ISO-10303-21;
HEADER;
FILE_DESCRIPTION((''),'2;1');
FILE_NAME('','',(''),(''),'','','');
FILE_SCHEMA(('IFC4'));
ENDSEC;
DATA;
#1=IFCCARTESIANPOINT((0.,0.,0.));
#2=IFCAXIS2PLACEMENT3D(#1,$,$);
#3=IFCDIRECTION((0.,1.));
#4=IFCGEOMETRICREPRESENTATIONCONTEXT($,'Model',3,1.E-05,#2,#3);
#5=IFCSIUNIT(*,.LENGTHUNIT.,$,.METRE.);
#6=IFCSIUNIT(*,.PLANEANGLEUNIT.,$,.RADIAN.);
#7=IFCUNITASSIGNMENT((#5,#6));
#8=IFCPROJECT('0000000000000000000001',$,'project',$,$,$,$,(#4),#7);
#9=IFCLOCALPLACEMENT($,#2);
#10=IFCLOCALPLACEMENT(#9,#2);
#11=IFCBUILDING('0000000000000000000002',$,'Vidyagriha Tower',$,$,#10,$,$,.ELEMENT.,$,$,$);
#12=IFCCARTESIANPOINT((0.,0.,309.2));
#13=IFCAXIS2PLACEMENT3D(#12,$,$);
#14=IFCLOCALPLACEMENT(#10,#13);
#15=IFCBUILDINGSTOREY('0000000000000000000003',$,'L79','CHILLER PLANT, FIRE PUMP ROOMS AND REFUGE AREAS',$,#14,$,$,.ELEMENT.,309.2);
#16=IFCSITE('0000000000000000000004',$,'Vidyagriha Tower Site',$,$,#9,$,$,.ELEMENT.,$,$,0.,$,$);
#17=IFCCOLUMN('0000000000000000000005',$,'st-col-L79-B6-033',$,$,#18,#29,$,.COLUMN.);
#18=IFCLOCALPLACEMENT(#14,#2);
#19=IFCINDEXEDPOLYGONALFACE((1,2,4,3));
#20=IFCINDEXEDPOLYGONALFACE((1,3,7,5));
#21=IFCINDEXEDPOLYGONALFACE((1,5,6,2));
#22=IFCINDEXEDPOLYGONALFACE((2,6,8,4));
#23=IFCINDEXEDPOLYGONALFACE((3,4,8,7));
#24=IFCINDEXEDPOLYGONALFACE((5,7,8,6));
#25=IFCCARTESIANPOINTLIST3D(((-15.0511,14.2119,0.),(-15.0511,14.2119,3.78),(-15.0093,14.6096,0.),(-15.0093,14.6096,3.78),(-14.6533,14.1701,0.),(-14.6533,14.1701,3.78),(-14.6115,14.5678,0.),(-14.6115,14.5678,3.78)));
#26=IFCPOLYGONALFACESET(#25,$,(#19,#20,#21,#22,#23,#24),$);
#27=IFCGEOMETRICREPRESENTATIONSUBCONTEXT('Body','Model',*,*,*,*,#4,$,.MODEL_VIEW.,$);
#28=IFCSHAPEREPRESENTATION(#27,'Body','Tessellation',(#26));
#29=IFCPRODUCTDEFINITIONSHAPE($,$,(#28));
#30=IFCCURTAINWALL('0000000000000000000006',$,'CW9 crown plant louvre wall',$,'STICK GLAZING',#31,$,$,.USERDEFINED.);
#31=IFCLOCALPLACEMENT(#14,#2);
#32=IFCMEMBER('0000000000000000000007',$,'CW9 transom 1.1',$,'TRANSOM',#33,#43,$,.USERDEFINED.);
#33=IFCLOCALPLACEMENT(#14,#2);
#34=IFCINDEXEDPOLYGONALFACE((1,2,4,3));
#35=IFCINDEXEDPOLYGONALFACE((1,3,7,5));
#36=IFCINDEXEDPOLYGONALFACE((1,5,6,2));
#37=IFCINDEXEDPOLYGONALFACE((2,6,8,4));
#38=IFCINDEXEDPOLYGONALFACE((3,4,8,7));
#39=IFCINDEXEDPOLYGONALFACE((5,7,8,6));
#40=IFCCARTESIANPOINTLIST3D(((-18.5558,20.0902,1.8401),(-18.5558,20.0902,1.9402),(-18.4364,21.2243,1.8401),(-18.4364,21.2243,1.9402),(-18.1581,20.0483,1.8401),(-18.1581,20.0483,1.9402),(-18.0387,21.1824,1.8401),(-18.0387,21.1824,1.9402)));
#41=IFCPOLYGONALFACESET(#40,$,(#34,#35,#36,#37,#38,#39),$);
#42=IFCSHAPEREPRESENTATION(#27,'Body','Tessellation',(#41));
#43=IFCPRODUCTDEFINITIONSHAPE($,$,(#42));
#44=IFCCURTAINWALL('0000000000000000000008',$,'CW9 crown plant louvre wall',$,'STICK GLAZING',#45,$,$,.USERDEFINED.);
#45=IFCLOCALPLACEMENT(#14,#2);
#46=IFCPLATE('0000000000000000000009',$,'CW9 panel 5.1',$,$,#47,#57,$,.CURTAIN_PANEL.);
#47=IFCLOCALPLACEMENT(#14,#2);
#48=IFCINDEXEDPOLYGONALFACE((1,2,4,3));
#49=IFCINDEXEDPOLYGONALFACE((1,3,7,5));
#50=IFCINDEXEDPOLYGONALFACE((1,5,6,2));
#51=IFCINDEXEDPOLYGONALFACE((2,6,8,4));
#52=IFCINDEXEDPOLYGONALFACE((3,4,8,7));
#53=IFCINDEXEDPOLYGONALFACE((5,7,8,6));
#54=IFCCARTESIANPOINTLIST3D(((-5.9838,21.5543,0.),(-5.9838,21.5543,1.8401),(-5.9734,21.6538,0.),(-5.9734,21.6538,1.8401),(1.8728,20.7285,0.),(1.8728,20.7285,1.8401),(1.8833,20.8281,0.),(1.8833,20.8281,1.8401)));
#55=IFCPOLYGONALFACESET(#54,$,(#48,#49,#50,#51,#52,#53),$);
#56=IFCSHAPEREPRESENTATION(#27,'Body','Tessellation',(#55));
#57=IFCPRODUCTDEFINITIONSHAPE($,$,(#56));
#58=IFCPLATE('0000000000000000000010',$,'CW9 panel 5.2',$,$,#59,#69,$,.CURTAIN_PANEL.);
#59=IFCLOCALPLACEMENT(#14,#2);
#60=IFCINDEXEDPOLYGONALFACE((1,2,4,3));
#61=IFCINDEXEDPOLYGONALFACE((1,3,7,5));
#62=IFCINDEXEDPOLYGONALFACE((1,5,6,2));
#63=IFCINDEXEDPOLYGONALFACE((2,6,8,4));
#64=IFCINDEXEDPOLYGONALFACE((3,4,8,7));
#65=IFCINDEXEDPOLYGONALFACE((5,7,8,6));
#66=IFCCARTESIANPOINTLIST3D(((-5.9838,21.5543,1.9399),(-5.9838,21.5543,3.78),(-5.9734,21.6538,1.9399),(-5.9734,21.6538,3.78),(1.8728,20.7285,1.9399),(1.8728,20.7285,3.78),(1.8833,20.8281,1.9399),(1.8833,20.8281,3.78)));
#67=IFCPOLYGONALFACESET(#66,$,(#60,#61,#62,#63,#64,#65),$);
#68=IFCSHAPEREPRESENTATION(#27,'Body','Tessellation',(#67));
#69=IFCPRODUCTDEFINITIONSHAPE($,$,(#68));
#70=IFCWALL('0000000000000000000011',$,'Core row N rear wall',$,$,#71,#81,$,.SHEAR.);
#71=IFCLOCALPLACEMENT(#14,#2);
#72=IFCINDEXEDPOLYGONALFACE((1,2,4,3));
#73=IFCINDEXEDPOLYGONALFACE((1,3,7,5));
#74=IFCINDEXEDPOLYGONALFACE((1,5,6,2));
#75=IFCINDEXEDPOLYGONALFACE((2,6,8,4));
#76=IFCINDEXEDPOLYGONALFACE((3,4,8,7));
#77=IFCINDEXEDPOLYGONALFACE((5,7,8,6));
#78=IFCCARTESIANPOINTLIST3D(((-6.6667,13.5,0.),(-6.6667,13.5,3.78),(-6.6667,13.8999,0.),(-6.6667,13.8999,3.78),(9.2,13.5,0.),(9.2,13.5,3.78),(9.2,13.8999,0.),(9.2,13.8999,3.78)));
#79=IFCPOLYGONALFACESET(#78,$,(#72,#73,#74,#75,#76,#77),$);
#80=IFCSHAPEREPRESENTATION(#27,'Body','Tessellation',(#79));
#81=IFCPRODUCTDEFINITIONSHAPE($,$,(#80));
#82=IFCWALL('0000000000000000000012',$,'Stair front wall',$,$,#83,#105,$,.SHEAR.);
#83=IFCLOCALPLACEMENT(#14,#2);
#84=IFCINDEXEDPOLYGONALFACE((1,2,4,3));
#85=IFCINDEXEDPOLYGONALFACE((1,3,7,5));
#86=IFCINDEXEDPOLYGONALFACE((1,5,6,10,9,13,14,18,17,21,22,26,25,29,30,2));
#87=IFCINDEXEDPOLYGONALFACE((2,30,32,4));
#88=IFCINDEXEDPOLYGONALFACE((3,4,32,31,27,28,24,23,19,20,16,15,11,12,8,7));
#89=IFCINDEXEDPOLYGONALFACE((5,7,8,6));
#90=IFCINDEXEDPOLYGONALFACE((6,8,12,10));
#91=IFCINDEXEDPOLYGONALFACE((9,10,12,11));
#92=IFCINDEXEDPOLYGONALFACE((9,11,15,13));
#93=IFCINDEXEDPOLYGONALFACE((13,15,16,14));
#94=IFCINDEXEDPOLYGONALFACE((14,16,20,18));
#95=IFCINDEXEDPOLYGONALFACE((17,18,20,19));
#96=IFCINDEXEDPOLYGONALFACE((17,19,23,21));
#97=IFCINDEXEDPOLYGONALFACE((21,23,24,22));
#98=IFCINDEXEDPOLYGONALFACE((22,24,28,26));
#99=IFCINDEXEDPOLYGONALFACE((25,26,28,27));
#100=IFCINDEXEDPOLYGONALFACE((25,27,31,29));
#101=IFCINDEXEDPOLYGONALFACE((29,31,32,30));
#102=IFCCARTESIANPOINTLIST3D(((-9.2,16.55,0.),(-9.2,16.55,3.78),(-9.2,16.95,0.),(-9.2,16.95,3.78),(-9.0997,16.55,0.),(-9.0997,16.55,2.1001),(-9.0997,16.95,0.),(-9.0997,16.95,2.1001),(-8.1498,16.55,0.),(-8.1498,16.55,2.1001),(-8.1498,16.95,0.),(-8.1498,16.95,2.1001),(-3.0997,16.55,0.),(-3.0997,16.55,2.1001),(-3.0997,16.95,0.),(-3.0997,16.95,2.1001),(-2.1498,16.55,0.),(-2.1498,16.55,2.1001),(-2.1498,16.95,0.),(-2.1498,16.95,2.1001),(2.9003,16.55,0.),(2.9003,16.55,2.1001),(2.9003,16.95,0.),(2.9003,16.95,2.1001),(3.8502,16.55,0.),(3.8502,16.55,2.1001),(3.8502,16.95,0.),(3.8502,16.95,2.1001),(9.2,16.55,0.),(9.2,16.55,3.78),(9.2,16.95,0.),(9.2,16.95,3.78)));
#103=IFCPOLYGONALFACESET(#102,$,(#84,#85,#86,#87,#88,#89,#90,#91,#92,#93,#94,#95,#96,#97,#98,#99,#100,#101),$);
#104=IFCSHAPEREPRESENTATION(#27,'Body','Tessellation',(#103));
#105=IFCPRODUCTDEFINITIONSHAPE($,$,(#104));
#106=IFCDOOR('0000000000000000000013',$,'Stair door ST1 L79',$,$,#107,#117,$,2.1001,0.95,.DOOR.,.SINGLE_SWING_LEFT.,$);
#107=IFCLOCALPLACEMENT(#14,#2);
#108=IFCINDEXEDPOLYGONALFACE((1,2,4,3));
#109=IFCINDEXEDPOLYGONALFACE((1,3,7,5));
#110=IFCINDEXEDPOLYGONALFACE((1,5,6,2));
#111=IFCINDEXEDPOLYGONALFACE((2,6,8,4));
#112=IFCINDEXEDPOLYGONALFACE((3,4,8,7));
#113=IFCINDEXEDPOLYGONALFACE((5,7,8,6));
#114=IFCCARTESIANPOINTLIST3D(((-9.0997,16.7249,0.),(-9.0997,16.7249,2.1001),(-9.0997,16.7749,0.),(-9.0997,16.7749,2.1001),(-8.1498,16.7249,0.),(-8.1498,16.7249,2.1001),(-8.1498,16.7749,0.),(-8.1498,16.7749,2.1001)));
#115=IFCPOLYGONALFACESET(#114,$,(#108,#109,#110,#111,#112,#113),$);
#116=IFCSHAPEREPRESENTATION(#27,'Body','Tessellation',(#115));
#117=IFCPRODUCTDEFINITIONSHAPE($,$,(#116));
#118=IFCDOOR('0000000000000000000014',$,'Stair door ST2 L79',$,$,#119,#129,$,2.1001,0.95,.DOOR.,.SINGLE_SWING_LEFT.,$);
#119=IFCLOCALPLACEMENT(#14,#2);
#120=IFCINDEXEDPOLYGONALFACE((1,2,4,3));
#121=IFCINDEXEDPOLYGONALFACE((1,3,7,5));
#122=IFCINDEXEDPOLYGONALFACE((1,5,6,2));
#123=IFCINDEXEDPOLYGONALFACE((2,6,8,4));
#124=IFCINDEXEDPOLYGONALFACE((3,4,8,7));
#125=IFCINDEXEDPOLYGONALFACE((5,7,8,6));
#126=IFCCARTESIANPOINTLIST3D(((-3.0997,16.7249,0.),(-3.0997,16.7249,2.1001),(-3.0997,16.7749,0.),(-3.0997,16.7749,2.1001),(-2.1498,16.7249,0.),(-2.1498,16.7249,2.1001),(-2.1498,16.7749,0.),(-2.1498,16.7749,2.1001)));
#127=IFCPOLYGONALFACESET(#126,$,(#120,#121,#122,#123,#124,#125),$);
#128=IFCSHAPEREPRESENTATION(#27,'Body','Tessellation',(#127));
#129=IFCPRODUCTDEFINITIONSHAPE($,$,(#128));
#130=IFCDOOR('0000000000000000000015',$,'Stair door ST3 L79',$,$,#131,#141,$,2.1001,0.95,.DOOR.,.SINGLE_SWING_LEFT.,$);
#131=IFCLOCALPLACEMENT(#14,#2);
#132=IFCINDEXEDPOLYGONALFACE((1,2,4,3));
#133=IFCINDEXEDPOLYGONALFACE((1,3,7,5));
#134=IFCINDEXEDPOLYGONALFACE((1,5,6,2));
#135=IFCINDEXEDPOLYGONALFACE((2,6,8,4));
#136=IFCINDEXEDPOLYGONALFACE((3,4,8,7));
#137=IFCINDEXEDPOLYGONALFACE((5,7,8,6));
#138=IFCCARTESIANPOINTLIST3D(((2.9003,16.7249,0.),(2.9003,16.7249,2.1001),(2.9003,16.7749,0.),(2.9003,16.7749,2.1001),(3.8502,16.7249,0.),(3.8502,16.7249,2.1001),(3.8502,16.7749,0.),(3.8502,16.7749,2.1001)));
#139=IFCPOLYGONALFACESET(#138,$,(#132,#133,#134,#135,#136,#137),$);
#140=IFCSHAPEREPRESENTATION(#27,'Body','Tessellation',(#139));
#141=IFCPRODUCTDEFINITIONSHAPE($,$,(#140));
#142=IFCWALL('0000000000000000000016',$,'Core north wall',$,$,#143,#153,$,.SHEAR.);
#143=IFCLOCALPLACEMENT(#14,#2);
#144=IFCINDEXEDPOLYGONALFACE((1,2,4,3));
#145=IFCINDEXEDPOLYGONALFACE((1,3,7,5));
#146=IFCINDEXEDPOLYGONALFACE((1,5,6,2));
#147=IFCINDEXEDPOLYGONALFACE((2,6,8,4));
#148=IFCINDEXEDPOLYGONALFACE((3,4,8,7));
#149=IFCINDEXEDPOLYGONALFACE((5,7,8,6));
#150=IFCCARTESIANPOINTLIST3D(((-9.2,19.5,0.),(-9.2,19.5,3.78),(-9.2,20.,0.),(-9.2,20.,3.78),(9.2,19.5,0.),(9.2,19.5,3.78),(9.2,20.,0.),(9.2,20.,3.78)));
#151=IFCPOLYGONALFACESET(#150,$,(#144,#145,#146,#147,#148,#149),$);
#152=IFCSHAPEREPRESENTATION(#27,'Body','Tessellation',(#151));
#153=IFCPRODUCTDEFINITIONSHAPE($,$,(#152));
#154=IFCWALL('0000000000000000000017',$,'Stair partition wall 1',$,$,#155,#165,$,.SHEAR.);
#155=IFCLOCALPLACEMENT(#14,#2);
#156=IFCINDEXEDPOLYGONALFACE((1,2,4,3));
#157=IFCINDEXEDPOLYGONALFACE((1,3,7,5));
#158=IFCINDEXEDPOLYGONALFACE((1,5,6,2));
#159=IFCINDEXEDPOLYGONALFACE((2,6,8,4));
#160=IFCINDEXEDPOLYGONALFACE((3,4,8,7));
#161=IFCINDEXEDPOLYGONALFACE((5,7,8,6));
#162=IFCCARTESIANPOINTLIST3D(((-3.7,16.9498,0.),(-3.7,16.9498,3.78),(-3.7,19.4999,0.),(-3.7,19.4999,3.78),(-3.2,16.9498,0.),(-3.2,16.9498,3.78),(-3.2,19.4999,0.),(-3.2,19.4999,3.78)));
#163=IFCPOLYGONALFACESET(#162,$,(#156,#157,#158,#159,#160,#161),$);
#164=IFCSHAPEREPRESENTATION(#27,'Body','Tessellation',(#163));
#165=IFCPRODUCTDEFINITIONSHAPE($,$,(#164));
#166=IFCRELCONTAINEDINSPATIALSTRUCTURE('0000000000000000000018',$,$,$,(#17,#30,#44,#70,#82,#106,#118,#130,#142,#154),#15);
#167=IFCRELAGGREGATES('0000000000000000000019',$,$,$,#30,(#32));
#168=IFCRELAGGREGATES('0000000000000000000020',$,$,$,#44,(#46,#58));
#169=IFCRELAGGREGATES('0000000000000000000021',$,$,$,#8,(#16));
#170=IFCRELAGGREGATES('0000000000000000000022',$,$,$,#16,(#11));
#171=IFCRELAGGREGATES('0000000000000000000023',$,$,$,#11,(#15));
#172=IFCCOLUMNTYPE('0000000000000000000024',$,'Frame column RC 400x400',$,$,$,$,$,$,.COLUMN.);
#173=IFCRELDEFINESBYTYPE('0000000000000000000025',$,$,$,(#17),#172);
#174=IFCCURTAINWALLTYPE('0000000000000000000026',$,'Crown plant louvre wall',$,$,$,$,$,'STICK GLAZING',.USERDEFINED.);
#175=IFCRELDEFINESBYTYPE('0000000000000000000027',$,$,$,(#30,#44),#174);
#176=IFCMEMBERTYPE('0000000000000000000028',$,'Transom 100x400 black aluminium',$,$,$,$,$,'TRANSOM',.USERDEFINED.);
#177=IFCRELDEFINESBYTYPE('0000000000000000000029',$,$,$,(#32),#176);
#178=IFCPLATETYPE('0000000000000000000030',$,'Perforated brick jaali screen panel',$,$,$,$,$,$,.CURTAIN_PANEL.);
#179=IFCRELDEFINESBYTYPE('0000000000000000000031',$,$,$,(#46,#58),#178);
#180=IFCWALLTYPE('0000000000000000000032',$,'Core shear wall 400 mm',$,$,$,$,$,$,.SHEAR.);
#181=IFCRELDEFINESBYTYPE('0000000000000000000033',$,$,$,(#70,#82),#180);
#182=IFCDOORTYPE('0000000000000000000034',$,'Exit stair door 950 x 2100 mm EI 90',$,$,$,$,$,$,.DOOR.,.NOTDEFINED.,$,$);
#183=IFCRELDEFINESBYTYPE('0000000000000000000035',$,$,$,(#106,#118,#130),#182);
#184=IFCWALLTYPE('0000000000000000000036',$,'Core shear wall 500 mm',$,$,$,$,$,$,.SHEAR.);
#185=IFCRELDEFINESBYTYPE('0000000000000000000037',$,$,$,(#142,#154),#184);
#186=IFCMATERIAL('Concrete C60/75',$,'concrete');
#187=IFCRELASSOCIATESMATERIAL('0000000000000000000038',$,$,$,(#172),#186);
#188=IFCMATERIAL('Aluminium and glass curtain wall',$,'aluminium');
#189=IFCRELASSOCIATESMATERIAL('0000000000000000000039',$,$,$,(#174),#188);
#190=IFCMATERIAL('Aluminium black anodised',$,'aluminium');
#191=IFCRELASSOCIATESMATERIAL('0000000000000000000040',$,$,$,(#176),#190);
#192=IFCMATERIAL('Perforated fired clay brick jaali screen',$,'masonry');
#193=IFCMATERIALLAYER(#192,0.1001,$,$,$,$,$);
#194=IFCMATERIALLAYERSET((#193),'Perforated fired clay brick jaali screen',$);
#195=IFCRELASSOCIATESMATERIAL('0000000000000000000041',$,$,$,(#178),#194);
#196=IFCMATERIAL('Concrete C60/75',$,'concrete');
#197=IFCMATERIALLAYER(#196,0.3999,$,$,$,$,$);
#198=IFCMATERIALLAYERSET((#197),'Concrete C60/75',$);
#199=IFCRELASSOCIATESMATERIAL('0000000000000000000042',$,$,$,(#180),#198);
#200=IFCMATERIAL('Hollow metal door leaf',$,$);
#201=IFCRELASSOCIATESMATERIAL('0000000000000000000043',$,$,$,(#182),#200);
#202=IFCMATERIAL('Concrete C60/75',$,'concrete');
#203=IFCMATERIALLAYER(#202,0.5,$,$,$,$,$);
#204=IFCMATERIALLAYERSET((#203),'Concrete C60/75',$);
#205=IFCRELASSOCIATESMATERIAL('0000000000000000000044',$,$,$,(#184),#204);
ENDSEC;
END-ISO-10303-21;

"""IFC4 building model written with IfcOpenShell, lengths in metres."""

from ifc_helpers import new_model, si_unit, direction, frame, frame_2d, origin, origin_2d, place, context, subcontext, project, spatial, rectangle, extrude, material, layer, layer_set, material_profile, profile_set, type_object, element, fill, aggregate, save


model = new_model("IFC4")

# Units and contexts
model_context = context("Model", 3, precision=1e-05, world=origin(), true_north=direction((0.0, 1.0)))
body_context = subcontext(model_context, "Body", "Model", "MODEL_VIEW")
ifc_project = project(units=[si_unit("LENGTHUNIT", "METRE"), si_unit("PLANEANGLEUNIT", "RADIAN")], contexts=[model_context])

# Site, building, storey
site_placement = place(None, origin())
site = spatial("IfcSite", under=ifc_project, at=site_placement, Name="Vidyagriha Tower Site", CompositionType="ELEMENT", RefElevation=0.0)
building_placement = place(site_placement, origin())
building = spatial("IfcBuilding", under=site, at=building_placement, Name="Vidyagriha Tower", CompositionType="ELEMENT")
storey_placement = place(building_placement, frame((0.0, 0.0, 309.2)))
storey = spatial("IfcBuildingStorey", under=building, at=storey_placement, Name="L79", Description="CHILLER PLANT, FIRE PUMP ROOMS AND REFUGE AREAS", CompositionType="ELEMENT", Elevation=309.2)

# Column
ifc_material_1 = material(Name="Concrete C60/75", Category="concrete")
ifc_material_profile_1 = material_profile(ifc_material_1, rectangle(XDim=0.3999, YDim=0.3999, at=origin_2d()), Name="RC 400x400")
ifc_profile_set_1 = profile_set([ifc_material_profile_1], Name="Concrete C60/75")
column_type = type_object("IfcColumnType", Name="Frame column RC 400x400", PredefinedType="COLUMN", material=ifc_profile_set_1)
column_placement = place(storey_placement, frame((-14.8313, 14.3899, 0.0), z_axis=(0.0, 0.0, 1.0), x_axis=(0.994522, -0.104528, 0.0)))
element("IfcColumn", 1, at=column_placement, inside=storey, type_object=column_type, Name="st-col-L79-B6-033", PredefinedType="COLUMN", context=body_context, shape_type="SweptSolid", body=[
    extrude(rectangle(XDim=0.3999, YDim=0.3999, at=origin_2d()), origin(), (0.0, 0.0, 1.0), 3.78),
])

# Curtain wall, member
ifc_material_2 = material(Name="Aluminium and glass curtain wall", Category="aluminium")
curtain_wall_type = type_object("IfcCurtainWallType", Name="Crown plant louvre wall", ElementType="STICK GLAZING", PredefinedType="USERDEFINED", material=ifc_material_2)
curtain_wall_1_placement = place(storey_placement, origin())
curtain_wall_1 = element("IfcCurtainWall", 2, at=curtain_wall_1_placement, inside=storey, type_object=curtain_wall_type, Name="CW9 crown plant louvre wall", ObjectType="STICK GLAZING", PredefinedType="USERDEFINED")
ifc_material_3 = material(Name="Aluminium black anodised", Category="aluminium")
ifc_material_profile_2 = material_profile(ifc_material_3, rectangle(XDim=0.3999, YDim=0.1001, at=origin_2d()), Name="Transom 100x400 black aluminium")
ifc_profile_set_2 = profile_set([ifc_material_profile_2], Name="Aluminium black anodised")
member_type = type_object("IfcMemberType", Name="Transom 100x400 black aluminium", ElementType="TRANSOM", PredefinedType="USERDEFINED", material=ifc_profile_set_2)
member_placement = place(storey_placement, frame((-18.2375, 21.2034, 1.8901), z_axis=(-0.104696, -0.994504, 0.0), x_axis=(0.994504, -0.104696, 0.0)))
member = element("IfcMember", 3, at=member_placement, type_object=member_type, Name="CW9 transom 1.1", ObjectType="TRANSOM", PredefinedType="USERDEFINED", context=body_context, shape_type="SweptSolid", body=[
    extrude(rectangle(XDim=0.3999, YDim=0.1001, at=origin_2d()), origin(), (0.0, 0.0, 1.0), 1.1404),
])
aggregate(curtain_wall_1, [member])

# Curtain wall, plates
curtain_wall_2_placement = place(storey_placement, origin())
curtain_wall_2 = element("IfcCurtainWall", 4, at=curtain_wall_2_placement, inside=storey, type_object=curtain_wall_type, Name="CW9 crown plant louvre wall", ObjectType="STICK GLAZING", PredefinedType="USERDEFINED")
ifc_material_4 = material(Name="Perforated fired clay brick jaali screen", Category="masonry")
ifc_layer_1 = layer(ifc_material_4, 0.1001)
ifc_layer_set_1 = layer_set([ifc_layer_1], Name="Perforated fired clay brick jaali screen")
plate_type = type_object("IfcPlateType", Name="Perforated brick jaali screen panel", PredefinedType="CURTAIN_PANEL", material=ifc_layer_set_1)
plate_1_placement = place(storey_placement, frame((-2.0503, 21.1912, 0.0), z_axis=(0.0, 0.0, 1.0), x_axis=(-0.994522, 0.104528, 0.0)))
plate_1 = element("IfcPlate", 5, at=plate_1_placement, type_object=plate_type, Name="CW9 panel 5.1", PredefinedType="CURTAIN_PANEL", context=body_context, shape_type="SweptSolid", body=[
    extrude(rectangle(XDim=7.8999, YDim=0.1001, at=origin_2d()), origin(), (0.0, 0.0, 1.0), 1.8401),
])
plate_2_placement = place(storey_placement, frame((-2.0503, 21.1912, 1.9399), z_axis=(0.0, 0.0, 1.0), x_axis=(-0.994522, 0.104528, 0.0)))
plate_2 = element("IfcPlate", 6, at=plate_2_placement, type_object=plate_type, Name="CW9 panel 5.2", PredefinedType="CURTAIN_PANEL", context=body_context, shape_type="SweptSolid", body=[
    extrude(rectangle(XDim=7.8999, YDim=0.1001, at=origin_2d()), origin(), (0.0, 0.0, 1.0), 1.8401),
])
aggregate(curtain_wall_2, [plate_1, plate_2])

# Wall
ifc_material_5 = material(Name="Concrete C60/75", Category="concrete")
ifc_layer_2 = layer(ifc_material_5, 0.3999)
ifc_layer_set_2 = layer_set([ifc_layer_2], Name="Concrete C60/75")
wall_type_1 = type_object("IfcWallType", Name="Core shear wall 400 mm", PredefinedType="SHEAR", material=ifc_layer_set_2)
wall_1_placement = place(storey_placement, frame((-6.6667, 13.7, 0.0)))
element("IfcWall", 7, at=wall_1_placement, inside=storey, type_object=wall_type_1, Name="Core row N rear wall", PredefinedType="SHEAR", context=body_context, shape_type="SweptSolid", body=[
    extrude(rectangle(XDim=15.8667, YDim=0.3999, at=frame_2d((7.9333, 0.0))), origin(), (0.0, 0.0, 1.0), 3.78),
])

# Wall, openings, doors
wall_2_placement = place(storey_placement, frame((-9.2, 16.75, 0.0)))
wall_2 = element("IfcWall", 8, at=wall_2_placement, inside=storey, type_object=wall_type_1, Name="Stair front wall", PredefinedType="SHEAR", context=body_context, shape_type="SweptSolid", body=[
    extrude(rectangle(XDim=18.3999, YDim=0.3999, at=frame_2d((9.2, 0.0))), origin(), (0.0, 0.0, 1.0), 3.78),
])
opening_1_placement = place(wall_2_placement, frame((0.1001, 0.0, 0.0)))
opening_1 = element("IfcOpeningElement", 9, at=opening_1_placement, cuts=wall_2, PredefinedType="OPENING", context=body_context, shape_type="SweptSolid", body=[
    extrude(rectangle(XDim=0.95, YDim=2.1001, at=frame_2d((0.4751, 1.05))), frame((0.0, 0.21, 0.0), z_axis=(0.0, -1.0, 0.0), x_axis=(1.0, 0.0, 0.0)), (0.0, 0.0, 1.0), 0.4199),
])
opening_2_placement = place(wall_2_placement, frame((6.1001, 0.0, 0.0)))
opening_2 = element("IfcOpeningElement", 10, at=opening_2_placement, cuts=wall_2, PredefinedType="OPENING", context=body_context, shape_type="SweptSolid", body=[
    extrude(rectangle(XDim=0.95, YDim=2.1001, at=frame_2d((0.4751, 1.05))), frame((0.0, 0.21, 0.0), z_axis=(0.0, -1.0, 0.0), x_axis=(1.0, 0.0, 0.0)), (0.0, 0.0, 1.0), 0.4199),
])
opening_3_placement = place(wall_2_placement, frame((12.1001, 0.0, 0.0)))
opening_3 = element("IfcOpeningElement", 11, at=opening_3_placement, cuts=wall_2, PredefinedType="OPENING", context=body_context, shape_type="SweptSolid", body=[
    extrude(rectangle(XDim=0.95, YDim=2.1001, at=frame_2d((0.4751, 1.05))), frame((0.0, 0.21, 0.0), z_axis=(0.0, -1.0, 0.0), x_axis=(1.0, 0.0, 0.0)), (0.0, 0.0, 1.0), 0.4199),
])
ifc_material_6 = material(Name="Hollow metal door leaf")
door_type = type_object("IfcDoorType", Name="Exit stair door 950 x 2100 mm EI 90", OperationType="NOTDEFINED", PredefinedType="DOOR", material=ifc_material_6)
door_1_placement = place(opening_1_placement, origin())
door_1 = element("IfcDoor", 12, at=door_1_placement, inside=storey, type_object=door_type, Name="Stair door ST1 L79", OperationType="SINGLE_SWING_LEFT", OverallHeight=2.1001, OverallWidth=0.95, PredefinedType="DOOR", context=body_context, shape_type="SweptSolid", body=[
    extrude(rectangle(XDim=0.95, YDim=2.1001, at=frame_2d((0.4751, 1.05))), frame((0.0, 0.0249, 0.0), z_axis=(0.0, -1.0, 0.0), x_axis=(1.0, 0.0, 0.0)), (0.0, 0.0, 1.0), 0.05),
])
fill(opening_1, door_1)
door_2_placement = place(opening_2_placement, origin())
door_2 = element("IfcDoor", 13, at=door_2_placement, inside=storey, type_object=door_type, Name="Stair door ST2 L79", OperationType="SINGLE_SWING_LEFT", OverallHeight=2.1001, OverallWidth=0.95, PredefinedType="DOOR", context=body_context, shape_type="SweptSolid", body=[
    extrude(rectangle(XDim=0.95, YDim=2.1001, at=frame_2d((0.4751, 1.05))), frame((0.0, 0.0249, 0.0), z_axis=(0.0, -1.0, 0.0), x_axis=(1.0, 0.0, 0.0)), (0.0, 0.0, 1.0), 0.05),
])
fill(opening_2, door_2)
door_3_placement = place(opening_3_placement, origin())
door_3 = element("IfcDoor", 14, at=door_3_placement, inside=storey, type_object=door_type, Name="Stair door ST3 L79", OperationType="SINGLE_SWING_LEFT", OverallHeight=2.1001, OverallWidth=0.95, PredefinedType="DOOR", context=body_context, shape_type="SweptSolid", body=[
    extrude(rectangle(XDim=0.95, YDim=2.1001, at=frame_2d((0.4751, 1.05))), frame((0.0, 0.0249, 0.0), z_axis=(0.0, -1.0, 0.0), x_axis=(1.0, 0.0, 0.0)), (0.0, 0.0, 1.0), 0.05),
])
fill(opening_3, door_3)

# Walls
ifc_material_7 = material(Name="Concrete C60/75", Category="concrete")
ifc_layer_3 = layer(ifc_material_7, 0.5)
ifc_layer_set_3 = layer_set([ifc_layer_3], Name="Concrete C60/75")
wall_type_2 = type_object("IfcWallType", Name="Core shear wall 500 mm", PredefinedType="SHEAR", material=ifc_layer_set_3)
wall_3_placement = place(storey_placement, frame((-9.2, 19.75, 0.0)))
element("IfcWall", 15, at=wall_3_placement, inside=storey, type_object=wall_type_2, Name="Core north wall", PredefinedType="SHEAR", context=body_context, shape_type="SweptSolid", body=[
    extrude(rectangle(XDim=18.3999, YDim=0.5, at=frame_2d((9.2, 0.0))), origin(), (0.0, 0.0, 1.0), 3.78),
])
wall_4_placement = place(storey_placement, frame((-3.45, 16.95, 0.0), z_axis=(0.0, 0.0, 1.0), x_axis=(0.0, 1.0, 0.0)))
element("IfcWall", 16, at=wall_4_placement, inside=storey, type_object=wall_type_2, Name="Stair partition wall 1", PredefinedType="SHEAR", context=body_context, shape_type="SweptSolid", body=[
    extrude(rectangle(XDim=2.55, YDim=0.5, at=frame_2d((1.2749, 0.0))), origin(), (0.0, 0.0, 1.0), 3.78),
])

save(model, "model.ifc")
